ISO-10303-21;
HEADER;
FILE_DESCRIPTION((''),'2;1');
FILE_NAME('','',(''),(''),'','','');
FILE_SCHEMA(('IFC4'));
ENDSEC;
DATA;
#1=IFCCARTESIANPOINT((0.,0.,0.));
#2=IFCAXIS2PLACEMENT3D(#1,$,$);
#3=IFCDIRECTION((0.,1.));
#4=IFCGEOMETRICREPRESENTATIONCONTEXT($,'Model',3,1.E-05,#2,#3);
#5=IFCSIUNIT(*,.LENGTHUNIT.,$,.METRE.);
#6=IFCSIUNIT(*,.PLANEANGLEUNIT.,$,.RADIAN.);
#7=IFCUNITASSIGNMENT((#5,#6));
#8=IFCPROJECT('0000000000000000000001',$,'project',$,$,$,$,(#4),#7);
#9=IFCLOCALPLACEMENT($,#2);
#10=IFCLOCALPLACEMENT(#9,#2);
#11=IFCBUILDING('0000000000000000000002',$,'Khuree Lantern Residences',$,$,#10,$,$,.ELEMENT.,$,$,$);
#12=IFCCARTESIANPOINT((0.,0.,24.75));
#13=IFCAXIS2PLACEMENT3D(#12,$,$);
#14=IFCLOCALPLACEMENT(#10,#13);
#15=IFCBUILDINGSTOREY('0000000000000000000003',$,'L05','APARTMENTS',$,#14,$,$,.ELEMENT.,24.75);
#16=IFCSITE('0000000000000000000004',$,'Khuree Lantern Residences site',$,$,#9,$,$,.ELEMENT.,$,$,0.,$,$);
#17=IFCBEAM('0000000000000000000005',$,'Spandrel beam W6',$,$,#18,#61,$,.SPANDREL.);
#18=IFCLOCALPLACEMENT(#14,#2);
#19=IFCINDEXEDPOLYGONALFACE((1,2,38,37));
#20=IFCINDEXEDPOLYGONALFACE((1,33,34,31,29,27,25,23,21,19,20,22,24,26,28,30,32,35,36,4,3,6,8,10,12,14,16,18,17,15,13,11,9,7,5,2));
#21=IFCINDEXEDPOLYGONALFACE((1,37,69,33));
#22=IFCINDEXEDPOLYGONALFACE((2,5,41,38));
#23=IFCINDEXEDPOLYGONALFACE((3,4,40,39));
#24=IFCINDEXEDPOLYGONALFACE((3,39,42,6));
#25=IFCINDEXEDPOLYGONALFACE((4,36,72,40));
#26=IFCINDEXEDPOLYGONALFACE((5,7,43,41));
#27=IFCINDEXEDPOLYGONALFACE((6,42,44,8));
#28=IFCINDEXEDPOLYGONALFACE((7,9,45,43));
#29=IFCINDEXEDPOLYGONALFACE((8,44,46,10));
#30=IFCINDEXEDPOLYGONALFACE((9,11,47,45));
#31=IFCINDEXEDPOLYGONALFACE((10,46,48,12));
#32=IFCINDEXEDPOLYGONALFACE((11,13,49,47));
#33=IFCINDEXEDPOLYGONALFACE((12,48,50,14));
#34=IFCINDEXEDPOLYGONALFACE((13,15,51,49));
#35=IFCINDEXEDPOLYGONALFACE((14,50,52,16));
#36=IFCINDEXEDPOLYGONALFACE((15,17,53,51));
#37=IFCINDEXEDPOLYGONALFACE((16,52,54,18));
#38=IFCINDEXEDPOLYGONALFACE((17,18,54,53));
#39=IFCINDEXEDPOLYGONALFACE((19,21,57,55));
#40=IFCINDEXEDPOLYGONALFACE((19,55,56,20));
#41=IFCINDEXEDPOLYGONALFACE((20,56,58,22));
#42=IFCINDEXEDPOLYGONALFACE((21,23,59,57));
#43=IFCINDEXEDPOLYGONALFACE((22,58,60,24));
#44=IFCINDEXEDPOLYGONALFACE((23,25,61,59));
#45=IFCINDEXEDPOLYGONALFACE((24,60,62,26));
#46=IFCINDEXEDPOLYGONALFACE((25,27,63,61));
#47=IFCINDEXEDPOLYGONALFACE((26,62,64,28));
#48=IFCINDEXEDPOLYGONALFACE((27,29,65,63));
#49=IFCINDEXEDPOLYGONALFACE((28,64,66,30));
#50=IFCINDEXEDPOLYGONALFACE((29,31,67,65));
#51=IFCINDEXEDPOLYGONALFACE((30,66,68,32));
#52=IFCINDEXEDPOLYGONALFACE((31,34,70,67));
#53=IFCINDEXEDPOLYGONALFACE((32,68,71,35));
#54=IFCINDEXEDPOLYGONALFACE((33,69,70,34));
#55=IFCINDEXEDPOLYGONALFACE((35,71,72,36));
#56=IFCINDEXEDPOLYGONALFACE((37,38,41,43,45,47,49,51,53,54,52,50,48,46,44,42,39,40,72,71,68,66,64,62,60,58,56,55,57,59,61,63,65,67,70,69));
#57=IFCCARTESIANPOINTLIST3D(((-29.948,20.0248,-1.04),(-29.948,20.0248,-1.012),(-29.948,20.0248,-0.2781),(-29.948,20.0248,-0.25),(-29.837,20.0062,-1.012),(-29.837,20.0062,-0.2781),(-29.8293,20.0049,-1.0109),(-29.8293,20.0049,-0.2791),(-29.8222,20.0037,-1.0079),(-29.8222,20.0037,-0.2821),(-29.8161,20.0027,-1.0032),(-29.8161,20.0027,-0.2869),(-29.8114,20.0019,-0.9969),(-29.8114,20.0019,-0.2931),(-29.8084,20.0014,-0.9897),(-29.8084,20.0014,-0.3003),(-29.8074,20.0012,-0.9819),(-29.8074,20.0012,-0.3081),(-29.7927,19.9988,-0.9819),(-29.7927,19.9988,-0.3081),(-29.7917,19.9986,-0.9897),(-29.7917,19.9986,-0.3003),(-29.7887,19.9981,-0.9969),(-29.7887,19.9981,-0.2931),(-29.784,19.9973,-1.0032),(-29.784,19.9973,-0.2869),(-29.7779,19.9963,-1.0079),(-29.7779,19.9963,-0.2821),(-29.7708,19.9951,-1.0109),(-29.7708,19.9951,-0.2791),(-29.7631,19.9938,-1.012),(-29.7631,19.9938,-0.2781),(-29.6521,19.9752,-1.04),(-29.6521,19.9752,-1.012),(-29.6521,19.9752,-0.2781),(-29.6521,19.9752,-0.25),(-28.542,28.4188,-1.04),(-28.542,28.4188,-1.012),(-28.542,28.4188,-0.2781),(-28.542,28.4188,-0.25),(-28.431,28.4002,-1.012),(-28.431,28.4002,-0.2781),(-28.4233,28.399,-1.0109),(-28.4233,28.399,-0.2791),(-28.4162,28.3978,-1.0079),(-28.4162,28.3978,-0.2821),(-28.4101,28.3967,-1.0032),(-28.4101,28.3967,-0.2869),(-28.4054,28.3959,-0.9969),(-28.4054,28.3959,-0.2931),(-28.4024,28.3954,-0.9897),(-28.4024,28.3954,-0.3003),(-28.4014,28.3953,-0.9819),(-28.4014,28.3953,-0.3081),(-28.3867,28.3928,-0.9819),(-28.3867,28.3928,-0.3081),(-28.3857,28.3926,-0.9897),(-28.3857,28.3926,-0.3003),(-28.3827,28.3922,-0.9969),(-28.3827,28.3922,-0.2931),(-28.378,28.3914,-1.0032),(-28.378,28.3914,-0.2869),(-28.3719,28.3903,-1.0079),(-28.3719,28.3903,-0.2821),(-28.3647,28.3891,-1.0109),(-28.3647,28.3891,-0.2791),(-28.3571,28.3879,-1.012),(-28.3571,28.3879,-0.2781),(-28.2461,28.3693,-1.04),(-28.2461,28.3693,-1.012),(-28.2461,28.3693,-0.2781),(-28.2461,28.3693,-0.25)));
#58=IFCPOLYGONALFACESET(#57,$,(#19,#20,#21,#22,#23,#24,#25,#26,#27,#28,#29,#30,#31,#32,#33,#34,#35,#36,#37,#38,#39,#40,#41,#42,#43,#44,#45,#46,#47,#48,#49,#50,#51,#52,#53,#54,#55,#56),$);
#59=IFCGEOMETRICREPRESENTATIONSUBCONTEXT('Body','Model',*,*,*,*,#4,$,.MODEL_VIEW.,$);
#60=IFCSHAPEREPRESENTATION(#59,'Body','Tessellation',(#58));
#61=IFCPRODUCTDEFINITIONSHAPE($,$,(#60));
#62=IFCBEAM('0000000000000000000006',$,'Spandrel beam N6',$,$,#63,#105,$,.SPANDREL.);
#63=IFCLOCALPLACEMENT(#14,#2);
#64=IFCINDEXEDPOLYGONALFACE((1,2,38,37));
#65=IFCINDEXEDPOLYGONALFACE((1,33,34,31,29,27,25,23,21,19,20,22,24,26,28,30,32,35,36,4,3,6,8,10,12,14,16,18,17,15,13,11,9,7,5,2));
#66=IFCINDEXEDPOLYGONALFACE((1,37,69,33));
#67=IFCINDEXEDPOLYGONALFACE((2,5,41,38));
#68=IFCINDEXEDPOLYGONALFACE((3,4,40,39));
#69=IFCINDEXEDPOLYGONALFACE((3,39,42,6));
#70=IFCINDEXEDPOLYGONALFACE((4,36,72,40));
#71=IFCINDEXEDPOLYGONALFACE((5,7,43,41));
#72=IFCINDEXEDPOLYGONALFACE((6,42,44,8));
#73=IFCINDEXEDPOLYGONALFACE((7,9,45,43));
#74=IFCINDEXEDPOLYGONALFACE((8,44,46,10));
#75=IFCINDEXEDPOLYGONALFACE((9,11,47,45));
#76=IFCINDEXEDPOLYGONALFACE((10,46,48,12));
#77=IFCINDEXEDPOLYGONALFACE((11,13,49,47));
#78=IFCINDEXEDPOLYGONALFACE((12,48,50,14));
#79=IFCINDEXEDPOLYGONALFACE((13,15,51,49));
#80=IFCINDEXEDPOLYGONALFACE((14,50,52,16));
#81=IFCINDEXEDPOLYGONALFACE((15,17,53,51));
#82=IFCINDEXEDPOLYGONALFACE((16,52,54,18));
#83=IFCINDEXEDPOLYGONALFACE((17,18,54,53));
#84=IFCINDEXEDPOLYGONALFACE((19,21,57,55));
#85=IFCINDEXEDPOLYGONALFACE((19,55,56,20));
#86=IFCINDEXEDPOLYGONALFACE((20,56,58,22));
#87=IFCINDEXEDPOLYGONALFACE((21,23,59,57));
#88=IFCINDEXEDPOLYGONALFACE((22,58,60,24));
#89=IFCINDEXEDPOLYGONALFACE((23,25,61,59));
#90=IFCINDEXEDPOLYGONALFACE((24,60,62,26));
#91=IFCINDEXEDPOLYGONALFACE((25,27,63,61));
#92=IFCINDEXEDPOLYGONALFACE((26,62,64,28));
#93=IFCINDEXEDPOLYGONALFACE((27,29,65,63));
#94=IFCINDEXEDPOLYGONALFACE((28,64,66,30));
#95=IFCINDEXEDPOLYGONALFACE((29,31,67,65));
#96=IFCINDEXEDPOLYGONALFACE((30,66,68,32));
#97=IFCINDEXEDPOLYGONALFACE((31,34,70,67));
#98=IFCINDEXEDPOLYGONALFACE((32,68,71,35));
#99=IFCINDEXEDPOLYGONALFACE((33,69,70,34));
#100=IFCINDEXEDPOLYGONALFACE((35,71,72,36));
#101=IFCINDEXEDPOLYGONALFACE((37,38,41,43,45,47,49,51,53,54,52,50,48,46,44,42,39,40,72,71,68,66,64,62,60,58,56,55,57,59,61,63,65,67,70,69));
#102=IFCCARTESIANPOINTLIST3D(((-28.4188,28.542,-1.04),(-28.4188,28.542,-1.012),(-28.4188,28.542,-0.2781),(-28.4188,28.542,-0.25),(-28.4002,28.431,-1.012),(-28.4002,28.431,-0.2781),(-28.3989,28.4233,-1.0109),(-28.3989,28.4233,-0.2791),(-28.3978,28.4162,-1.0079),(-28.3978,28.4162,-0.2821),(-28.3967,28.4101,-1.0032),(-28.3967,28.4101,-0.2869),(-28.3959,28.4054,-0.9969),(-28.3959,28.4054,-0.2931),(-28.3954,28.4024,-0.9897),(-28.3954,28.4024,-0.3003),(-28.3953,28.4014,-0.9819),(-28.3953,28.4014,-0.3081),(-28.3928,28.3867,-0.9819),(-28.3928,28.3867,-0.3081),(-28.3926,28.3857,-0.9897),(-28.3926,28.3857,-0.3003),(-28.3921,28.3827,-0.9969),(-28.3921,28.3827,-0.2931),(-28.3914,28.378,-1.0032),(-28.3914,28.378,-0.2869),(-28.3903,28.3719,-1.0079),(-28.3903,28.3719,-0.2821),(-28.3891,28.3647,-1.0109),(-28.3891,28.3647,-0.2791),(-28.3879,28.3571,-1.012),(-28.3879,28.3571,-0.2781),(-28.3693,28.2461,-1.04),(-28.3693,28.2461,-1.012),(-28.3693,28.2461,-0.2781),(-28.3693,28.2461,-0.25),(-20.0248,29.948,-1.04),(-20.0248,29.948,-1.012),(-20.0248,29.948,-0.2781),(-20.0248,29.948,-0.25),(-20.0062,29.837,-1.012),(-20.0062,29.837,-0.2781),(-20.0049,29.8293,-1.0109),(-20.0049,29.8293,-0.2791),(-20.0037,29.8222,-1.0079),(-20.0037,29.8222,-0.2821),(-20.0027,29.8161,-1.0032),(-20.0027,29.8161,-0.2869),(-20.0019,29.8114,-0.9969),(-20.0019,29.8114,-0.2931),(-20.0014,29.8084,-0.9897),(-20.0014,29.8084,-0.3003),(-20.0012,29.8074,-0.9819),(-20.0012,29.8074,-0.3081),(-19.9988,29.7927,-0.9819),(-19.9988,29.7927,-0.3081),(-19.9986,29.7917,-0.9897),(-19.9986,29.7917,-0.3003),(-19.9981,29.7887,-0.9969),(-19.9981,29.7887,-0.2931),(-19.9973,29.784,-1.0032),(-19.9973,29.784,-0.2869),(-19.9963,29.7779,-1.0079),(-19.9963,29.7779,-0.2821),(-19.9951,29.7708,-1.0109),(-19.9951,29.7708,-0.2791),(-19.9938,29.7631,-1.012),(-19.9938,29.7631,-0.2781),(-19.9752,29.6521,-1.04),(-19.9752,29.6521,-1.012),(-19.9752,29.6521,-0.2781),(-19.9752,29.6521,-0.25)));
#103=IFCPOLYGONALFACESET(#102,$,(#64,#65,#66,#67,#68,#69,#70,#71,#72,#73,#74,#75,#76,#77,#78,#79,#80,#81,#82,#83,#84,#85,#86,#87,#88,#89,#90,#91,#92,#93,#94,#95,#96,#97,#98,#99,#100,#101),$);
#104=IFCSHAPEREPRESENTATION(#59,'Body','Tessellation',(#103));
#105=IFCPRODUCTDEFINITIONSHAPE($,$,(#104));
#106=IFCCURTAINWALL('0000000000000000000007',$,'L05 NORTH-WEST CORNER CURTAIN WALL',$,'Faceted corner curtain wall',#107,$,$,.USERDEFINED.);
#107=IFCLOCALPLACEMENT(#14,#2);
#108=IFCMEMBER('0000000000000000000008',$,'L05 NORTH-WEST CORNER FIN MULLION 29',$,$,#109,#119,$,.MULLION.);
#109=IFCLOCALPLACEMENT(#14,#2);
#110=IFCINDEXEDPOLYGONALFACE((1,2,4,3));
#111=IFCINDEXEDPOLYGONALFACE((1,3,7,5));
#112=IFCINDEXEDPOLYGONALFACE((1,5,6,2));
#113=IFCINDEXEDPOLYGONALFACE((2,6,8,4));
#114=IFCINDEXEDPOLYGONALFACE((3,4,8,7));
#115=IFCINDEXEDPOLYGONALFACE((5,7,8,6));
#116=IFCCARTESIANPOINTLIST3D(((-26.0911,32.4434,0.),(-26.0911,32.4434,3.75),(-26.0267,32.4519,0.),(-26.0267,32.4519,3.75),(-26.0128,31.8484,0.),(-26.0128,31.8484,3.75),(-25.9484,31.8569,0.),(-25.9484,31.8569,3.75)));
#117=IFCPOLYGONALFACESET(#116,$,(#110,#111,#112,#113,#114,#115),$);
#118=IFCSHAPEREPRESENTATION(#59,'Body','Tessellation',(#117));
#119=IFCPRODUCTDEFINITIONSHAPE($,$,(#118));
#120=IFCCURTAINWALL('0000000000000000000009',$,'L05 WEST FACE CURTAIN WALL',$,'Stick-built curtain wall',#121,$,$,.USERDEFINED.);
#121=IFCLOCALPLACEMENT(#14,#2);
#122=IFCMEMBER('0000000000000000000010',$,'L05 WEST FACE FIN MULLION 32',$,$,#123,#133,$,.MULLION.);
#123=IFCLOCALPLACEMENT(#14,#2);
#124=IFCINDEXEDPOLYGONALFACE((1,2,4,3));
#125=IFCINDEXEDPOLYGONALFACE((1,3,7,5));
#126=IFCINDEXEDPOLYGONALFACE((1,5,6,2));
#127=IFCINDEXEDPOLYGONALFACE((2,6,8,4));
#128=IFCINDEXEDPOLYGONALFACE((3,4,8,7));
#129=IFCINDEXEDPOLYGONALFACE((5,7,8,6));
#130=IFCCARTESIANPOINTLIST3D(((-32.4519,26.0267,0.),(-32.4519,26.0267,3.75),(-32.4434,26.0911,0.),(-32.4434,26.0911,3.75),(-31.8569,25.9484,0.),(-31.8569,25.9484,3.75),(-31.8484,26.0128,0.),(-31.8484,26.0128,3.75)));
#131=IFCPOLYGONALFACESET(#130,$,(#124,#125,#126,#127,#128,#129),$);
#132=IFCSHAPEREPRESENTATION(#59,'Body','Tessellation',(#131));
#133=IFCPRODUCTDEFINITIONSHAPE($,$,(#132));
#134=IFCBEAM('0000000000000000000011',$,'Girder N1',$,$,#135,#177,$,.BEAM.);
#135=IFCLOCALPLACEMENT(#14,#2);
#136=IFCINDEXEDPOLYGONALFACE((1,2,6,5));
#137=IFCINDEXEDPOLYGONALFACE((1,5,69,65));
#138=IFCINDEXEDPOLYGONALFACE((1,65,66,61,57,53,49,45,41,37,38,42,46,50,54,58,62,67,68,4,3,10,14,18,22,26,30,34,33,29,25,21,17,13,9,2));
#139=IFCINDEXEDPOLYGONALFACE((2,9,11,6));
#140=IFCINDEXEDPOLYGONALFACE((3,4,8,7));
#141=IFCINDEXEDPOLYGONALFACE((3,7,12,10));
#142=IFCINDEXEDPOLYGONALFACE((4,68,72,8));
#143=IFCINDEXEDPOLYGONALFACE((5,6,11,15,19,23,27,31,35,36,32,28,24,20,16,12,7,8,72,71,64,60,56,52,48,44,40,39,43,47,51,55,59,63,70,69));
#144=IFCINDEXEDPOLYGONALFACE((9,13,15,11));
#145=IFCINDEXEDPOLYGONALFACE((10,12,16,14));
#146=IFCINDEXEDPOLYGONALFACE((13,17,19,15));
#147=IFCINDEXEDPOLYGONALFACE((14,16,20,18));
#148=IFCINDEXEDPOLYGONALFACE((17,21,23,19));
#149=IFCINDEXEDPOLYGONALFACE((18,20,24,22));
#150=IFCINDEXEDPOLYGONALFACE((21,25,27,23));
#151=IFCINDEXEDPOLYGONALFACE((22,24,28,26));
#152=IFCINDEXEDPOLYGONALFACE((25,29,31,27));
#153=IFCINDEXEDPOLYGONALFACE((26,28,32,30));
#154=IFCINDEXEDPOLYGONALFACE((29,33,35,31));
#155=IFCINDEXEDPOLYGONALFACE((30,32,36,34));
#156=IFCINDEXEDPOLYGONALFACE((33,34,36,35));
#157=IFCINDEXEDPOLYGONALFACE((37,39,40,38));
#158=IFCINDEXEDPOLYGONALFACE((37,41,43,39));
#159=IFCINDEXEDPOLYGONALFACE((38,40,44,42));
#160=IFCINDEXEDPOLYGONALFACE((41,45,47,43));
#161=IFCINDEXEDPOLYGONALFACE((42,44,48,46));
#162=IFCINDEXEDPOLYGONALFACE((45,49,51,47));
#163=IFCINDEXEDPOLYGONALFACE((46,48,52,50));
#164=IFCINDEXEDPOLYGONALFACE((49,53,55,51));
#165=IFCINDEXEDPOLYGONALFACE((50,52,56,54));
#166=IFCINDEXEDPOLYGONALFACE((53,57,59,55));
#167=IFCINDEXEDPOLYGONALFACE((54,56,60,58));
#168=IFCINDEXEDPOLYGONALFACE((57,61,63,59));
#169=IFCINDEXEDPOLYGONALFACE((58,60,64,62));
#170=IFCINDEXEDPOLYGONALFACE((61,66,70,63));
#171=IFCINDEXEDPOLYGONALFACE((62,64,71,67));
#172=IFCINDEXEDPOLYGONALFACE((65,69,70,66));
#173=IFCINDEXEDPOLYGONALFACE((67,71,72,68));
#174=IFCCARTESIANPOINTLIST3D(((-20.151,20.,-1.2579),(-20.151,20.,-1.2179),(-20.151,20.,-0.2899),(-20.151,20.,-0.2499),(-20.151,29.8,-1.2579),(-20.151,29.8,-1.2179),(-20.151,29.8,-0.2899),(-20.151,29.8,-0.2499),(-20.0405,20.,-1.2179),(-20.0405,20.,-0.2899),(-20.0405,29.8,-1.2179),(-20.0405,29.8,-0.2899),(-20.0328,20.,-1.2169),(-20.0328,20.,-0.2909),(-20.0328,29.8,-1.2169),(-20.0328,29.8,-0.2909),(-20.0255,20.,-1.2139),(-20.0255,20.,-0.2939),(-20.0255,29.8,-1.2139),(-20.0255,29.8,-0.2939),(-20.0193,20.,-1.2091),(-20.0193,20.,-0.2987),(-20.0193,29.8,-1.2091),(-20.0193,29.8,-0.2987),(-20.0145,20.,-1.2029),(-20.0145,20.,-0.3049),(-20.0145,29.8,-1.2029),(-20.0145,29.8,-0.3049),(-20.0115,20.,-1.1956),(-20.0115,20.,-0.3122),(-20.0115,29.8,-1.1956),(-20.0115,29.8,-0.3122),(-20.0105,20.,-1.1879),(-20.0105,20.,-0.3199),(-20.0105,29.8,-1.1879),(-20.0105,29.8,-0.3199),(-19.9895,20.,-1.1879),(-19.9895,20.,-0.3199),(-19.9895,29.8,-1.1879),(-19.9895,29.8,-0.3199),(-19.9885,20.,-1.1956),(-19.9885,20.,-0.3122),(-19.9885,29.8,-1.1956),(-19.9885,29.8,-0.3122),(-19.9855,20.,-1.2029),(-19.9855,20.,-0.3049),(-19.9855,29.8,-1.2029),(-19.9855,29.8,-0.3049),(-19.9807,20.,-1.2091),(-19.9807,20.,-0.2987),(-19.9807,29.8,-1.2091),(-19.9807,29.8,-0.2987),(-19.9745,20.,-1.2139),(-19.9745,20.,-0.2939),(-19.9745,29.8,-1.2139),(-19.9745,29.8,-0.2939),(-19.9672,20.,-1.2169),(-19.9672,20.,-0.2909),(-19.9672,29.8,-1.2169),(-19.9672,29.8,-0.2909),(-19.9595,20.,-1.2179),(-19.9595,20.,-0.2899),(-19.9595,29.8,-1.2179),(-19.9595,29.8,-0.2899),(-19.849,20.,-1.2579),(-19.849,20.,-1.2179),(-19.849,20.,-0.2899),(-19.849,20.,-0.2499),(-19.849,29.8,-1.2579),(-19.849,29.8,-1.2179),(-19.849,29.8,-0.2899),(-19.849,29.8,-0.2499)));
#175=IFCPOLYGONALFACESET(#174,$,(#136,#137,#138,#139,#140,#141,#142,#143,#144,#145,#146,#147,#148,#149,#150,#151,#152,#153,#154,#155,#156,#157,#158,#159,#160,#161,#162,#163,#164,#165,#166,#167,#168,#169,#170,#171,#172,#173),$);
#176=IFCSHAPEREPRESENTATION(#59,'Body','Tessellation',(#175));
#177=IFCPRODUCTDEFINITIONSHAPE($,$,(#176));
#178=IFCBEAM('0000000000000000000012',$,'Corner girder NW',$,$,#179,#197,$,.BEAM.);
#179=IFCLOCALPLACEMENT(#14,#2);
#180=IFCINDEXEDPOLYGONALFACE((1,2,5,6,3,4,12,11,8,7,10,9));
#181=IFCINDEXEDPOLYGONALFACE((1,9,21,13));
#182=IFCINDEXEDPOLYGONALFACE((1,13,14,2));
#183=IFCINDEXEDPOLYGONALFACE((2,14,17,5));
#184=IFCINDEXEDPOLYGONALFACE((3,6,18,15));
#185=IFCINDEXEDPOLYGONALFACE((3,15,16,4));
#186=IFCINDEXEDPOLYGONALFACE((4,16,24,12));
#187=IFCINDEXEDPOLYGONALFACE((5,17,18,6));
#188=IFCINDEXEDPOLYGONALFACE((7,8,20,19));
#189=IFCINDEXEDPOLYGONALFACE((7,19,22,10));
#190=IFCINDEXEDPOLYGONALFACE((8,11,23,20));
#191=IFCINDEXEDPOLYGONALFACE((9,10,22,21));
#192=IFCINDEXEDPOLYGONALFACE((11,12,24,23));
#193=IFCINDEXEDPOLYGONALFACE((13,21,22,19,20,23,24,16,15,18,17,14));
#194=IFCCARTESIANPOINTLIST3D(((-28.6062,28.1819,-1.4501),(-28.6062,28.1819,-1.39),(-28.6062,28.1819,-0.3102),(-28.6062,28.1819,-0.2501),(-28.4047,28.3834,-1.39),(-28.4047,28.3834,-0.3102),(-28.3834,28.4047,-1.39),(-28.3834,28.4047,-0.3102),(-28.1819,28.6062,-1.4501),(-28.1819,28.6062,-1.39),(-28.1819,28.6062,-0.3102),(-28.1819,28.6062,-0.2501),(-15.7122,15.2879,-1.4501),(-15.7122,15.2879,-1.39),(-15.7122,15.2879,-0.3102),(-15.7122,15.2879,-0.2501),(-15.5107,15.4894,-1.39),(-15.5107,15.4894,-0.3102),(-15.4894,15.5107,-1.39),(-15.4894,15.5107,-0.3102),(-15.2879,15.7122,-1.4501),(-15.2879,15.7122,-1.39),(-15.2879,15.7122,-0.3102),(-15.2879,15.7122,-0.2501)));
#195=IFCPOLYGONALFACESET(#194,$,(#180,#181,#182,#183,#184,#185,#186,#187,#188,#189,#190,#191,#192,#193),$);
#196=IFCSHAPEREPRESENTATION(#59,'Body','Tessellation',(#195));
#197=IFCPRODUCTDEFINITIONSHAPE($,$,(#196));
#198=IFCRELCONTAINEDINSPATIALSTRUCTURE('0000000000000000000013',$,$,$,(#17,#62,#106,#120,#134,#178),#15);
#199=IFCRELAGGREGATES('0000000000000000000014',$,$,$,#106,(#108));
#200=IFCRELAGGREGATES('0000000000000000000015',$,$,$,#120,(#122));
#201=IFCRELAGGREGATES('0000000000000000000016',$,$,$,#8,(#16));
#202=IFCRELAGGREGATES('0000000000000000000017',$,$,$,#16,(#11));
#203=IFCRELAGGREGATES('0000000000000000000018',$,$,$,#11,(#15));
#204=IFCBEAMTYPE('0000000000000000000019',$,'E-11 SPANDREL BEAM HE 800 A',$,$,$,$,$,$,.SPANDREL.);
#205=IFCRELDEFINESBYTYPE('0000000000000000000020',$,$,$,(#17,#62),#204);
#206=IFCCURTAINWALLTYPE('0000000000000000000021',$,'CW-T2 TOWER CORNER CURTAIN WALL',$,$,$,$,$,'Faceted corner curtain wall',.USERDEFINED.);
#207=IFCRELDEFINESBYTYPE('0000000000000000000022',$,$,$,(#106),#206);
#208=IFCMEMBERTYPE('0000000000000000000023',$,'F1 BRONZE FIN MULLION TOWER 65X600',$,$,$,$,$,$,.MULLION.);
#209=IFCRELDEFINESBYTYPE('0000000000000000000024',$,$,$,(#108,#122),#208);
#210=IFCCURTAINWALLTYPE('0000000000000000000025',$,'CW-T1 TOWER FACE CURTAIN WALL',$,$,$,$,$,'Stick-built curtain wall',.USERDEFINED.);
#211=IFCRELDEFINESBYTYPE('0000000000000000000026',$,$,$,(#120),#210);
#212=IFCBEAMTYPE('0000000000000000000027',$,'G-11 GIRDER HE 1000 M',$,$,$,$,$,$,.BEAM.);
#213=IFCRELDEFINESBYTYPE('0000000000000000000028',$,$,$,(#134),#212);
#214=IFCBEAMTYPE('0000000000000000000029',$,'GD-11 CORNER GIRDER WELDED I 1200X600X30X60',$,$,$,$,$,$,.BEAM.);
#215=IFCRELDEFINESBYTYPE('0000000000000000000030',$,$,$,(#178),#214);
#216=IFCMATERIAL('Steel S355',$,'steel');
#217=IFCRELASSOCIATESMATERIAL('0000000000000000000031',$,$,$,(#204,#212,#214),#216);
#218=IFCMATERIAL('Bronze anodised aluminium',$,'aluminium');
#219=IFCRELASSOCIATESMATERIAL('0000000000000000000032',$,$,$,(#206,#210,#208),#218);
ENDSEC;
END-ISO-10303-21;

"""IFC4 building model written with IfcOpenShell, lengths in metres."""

from ifc_helpers import new_model, si_unit, direction, frame, origin, origin_2d, place, context, subcontext, project, spatial, rectangle, i_section, extrude, material, material_profile, profile_set, type_object, element, aggregate, save


model = new_model("IFC4")

# Units and contexts
model_context = context("Model", 3, precision=1e-05, world=origin(), true_north=direction((0.0, 1.0)))
body_context = subcontext(model_context, "Body", "Model", "MODEL_VIEW")
ifc_project = project(units=[si_unit("LENGTHUNIT", "METRE"), si_unit("PLANEANGLEUNIT", "RADIAN")], contexts=[model_context])

# Site, building, storey
site_placement = place(None, origin())
site = spatial("IfcSite", under=ifc_project, at=site_placement, Name="Khuree Lantern Residences site", CompositionType="ELEMENT", RefElevation=0.0)
building_placement = place(site_placement, origin())
building = spatial("IfcBuilding", under=site, at=building_placement, Name="Khuree Lantern Residences", CompositionType="ELEMENT")
storey_placement = place(building_placement, frame((0.0, 0.0, 24.75)))
storey = spatial("IfcBuildingStorey", under=building, at=storey_placement, Name="L05", Description="APARTMENTS", CompositionType="ELEMENT", Elevation=24.75)

# Beams
ifc_material_1 = material(Name="Steel S355", Category="steel")
ifc_material_profile_1 = material_profile(ifc_material_1, i_section(OverallWidth=0.3, OverallDepth=0.79, WebThickness=0.0149, FlangeThickness=0.0281, FilletRadius=0.03, at=origin_2d()), Name="HE 800 A")
ifc_profile_set_1 = profile_set([ifc_material_profile_1], Name="Steel S355")
beam_type_1 = type_object("IfcBeamType", Name="E-11 SPANDREL BEAM HE 800 A", PredefinedType="SPANDREL", material=ifc_profile_set_1)
for number, where, z_axis, x_axis, name in (
    (1, (-29.8, 20.0, -0.645), (0.165199, 0.98626, 0.0), (-0.98626, 0.165199, 0.0), "Spandrel beam W6"),
    (2, (-28.394, 28.394, -0.645), (0.98626, 0.165199, 0.0), (-0.165199, 0.98626, 0.0), "Spandrel beam N6"),
):
    element("IfcBeam", number, at=place(storey_placement, frame(where, z_axis=z_axis, x_axis=x_axis)), inside=storey, type_object=beam_type_1, Name=name, PredefinedType="SPANDREL", context=body_context, shape_type="SweptSolid", body=[
        extrude(i_section(OverallWidth=0.3, OverallDepth=0.79, WebThickness=0.0149, FlangeThickness=0.0281, FilletRadius=0.03, at=origin_2d()), origin(), (0.0, 0.0, 1.0), 8.511),
    ])

# Curtain walls, members
ifc_material_2 = material(Name="Bronze anodised aluminium", Category="aluminium")
curtain_wall_type_1 = type_object("IfcCurtainWallType", Name="CW-T2 TOWER CORNER CURTAIN WALL", ElementType="Faceted corner curtain wall", PredefinedType="USERDEFINED", material=ifc_material_2)
curtain_wall_1_placement = place(storey_placement, origin())
curtain_wall_1 = element("IfcCurtainWall", 3, at=curtain_wall_1_placement, inside=storey, type_object=curtain_wall_type_1, Name="L05 NORTH-WEST CORNER CURTAIN WALL", ObjectType="Faceted corner curtain wall", PredefinedType="USERDEFINED")
ifc_material_profile_2 = material_profile(ifc_material_2, rectangle(XDim=0.0649, YDim=0.6001, at=origin_2d()), Name="F1 65X600")
ifc_profile_set_2 = profile_set([ifc_material_profile_2], Name="Bronze anodised aluminium")
member_type_1 = type_object("IfcMemberType", Name="F1 BRONZE FIN MULLION TOWER 65X600", PredefinedType="MULLION", material=ifc_profile_set_2)
member_1_placement = place(storey_placement, frame((-26.0198, 32.1501, 0.0), z_axis=(0.0, 0.0, 1.0), x_axis=(-0.991445, -0.130526, 0.0)))
member_1 = element("IfcMember", 4, at=member_1_placement, type_object=member_type_1, Name="L05 NORTH-WEST CORNER FIN MULLION 29", PredefinedType="MULLION", context=body_context, shape_type="SweptSolid", body=[
    extrude(rectangle(XDim=0.0649, YDim=0.6001, at=origin_2d()), origin(), (0.0, 0.0, 1.0), 3.75),
])
curtain_wall_type_2 = type_object("IfcCurtainWallType", Name="CW-T1 TOWER FACE CURTAIN WALL", ElementType="Stick-built curtain wall", PredefinedType="USERDEFINED", material=ifc_material_2)
curtain_wall_2_placement = place(storey_placement, origin())
curtain_wall_2 = element("IfcCurtainWall", 5, at=curtain_wall_2_placement, inside=storey, type_object=curtain_wall_type_2, Name="L05 WEST FACE CURTAIN WALL", ObjectType="Stick-built curtain wall", PredefinedType="USERDEFINED")
member_2_placement = place(storey_placement, frame((-32.1501, 26.0198, 0.0), z_axis=(0.0, 0.0, 1.0), x_axis=(-0.130526, -0.991445, 0.0)))
member_2 = element("IfcMember", 6, at=member_2_placement, type_object=member_type_1, Name="L05 WEST FACE FIN MULLION 32", PredefinedType="MULLION", context=body_context, shape_type="SweptSolid", body=[
    extrude(rectangle(XDim=0.0649, YDim=0.6001, at=origin_2d()), origin(), (0.0, 0.0, 1.0), 3.75),
])

# Beams
ifc_material_profile_3 = material_profile(ifc_material_1, i_section(OverallWidth=0.302, OverallDepth=1.0081, WebThickness=0.021, FlangeThickness=0.04, FilletRadius=0.03, at=origin_2d()), Name="HE 1000 M")
ifc_profile_set_3 = profile_set([ifc_material_profile_3], Name="Steel S355")
beam_type_2 = type_object("IfcBeamType", Name="G-11 GIRDER HE 1000 M", PredefinedType="BEAM", material=ifc_profile_set_3)
beam_1_placement = place(storey_placement, frame((-20.0, 29.8, -0.7539), z_axis=(0.0, -1.0, 0.0), x_axis=(1.0, 0.0, 0.0)))
element("IfcBeam", 7, at=beam_1_placement, inside=storey, type_object=beam_type_2, Name="Girder N1", PredefinedType="BEAM", context=body_context, shape_type="SweptSolid", body=[
    extrude(i_section(OverallWidth=0.302, OverallDepth=1.0081, WebThickness=0.021, FlangeThickness=0.04, FilletRadius=0.03, at=origin_2d()), origin(), (0.0, 0.0, 1.0), 9.8),
])
ifc_material_profile_4 = material_profile(ifc_material_1, i_section(OverallWidth=0.6001, OverallDepth=1.2, WebThickness=0.03, FlangeThickness=0.0601, at=origin_2d()), Name="WELDED I 1200X600X30X60")
ifc_profile_set_4 = profile_set([ifc_material_profile_4], Name="Steel S355")
beam_type_3 = type_object("IfcBeamType", Name="GD-11 CORNER GIRDER WELDED I 1200X600X30X60", PredefinedType="BEAM", material=ifc_profile_set_4)
beam_2_placement = place(storey_placement, frame((-28.394, 28.394, -0.8501), z_axis=(0.707107, -0.707107, 0.0), x_axis=(0.707107, 0.707107, 0.0)))
element("IfcBeam", 8, at=beam_2_placement, inside=storey, type_object=beam_type_3, Name="Corner girder NW", PredefinedType="BEAM", context=body_context, shape_type="SweptSolid", body=[
    extrude(i_section(OverallWidth=0.6001, OverallDepth=1.2, WebThickness=0.03, FlangeThickness=0.0601, at=origin_2d()), origin(), (0.0, 0.0, 1.0), 18.2349),
])

aggregate(curtain_wall_1, [member_1])
aggregate(curtain_wall_2, [member_2])

save(model, "model.ifc")
